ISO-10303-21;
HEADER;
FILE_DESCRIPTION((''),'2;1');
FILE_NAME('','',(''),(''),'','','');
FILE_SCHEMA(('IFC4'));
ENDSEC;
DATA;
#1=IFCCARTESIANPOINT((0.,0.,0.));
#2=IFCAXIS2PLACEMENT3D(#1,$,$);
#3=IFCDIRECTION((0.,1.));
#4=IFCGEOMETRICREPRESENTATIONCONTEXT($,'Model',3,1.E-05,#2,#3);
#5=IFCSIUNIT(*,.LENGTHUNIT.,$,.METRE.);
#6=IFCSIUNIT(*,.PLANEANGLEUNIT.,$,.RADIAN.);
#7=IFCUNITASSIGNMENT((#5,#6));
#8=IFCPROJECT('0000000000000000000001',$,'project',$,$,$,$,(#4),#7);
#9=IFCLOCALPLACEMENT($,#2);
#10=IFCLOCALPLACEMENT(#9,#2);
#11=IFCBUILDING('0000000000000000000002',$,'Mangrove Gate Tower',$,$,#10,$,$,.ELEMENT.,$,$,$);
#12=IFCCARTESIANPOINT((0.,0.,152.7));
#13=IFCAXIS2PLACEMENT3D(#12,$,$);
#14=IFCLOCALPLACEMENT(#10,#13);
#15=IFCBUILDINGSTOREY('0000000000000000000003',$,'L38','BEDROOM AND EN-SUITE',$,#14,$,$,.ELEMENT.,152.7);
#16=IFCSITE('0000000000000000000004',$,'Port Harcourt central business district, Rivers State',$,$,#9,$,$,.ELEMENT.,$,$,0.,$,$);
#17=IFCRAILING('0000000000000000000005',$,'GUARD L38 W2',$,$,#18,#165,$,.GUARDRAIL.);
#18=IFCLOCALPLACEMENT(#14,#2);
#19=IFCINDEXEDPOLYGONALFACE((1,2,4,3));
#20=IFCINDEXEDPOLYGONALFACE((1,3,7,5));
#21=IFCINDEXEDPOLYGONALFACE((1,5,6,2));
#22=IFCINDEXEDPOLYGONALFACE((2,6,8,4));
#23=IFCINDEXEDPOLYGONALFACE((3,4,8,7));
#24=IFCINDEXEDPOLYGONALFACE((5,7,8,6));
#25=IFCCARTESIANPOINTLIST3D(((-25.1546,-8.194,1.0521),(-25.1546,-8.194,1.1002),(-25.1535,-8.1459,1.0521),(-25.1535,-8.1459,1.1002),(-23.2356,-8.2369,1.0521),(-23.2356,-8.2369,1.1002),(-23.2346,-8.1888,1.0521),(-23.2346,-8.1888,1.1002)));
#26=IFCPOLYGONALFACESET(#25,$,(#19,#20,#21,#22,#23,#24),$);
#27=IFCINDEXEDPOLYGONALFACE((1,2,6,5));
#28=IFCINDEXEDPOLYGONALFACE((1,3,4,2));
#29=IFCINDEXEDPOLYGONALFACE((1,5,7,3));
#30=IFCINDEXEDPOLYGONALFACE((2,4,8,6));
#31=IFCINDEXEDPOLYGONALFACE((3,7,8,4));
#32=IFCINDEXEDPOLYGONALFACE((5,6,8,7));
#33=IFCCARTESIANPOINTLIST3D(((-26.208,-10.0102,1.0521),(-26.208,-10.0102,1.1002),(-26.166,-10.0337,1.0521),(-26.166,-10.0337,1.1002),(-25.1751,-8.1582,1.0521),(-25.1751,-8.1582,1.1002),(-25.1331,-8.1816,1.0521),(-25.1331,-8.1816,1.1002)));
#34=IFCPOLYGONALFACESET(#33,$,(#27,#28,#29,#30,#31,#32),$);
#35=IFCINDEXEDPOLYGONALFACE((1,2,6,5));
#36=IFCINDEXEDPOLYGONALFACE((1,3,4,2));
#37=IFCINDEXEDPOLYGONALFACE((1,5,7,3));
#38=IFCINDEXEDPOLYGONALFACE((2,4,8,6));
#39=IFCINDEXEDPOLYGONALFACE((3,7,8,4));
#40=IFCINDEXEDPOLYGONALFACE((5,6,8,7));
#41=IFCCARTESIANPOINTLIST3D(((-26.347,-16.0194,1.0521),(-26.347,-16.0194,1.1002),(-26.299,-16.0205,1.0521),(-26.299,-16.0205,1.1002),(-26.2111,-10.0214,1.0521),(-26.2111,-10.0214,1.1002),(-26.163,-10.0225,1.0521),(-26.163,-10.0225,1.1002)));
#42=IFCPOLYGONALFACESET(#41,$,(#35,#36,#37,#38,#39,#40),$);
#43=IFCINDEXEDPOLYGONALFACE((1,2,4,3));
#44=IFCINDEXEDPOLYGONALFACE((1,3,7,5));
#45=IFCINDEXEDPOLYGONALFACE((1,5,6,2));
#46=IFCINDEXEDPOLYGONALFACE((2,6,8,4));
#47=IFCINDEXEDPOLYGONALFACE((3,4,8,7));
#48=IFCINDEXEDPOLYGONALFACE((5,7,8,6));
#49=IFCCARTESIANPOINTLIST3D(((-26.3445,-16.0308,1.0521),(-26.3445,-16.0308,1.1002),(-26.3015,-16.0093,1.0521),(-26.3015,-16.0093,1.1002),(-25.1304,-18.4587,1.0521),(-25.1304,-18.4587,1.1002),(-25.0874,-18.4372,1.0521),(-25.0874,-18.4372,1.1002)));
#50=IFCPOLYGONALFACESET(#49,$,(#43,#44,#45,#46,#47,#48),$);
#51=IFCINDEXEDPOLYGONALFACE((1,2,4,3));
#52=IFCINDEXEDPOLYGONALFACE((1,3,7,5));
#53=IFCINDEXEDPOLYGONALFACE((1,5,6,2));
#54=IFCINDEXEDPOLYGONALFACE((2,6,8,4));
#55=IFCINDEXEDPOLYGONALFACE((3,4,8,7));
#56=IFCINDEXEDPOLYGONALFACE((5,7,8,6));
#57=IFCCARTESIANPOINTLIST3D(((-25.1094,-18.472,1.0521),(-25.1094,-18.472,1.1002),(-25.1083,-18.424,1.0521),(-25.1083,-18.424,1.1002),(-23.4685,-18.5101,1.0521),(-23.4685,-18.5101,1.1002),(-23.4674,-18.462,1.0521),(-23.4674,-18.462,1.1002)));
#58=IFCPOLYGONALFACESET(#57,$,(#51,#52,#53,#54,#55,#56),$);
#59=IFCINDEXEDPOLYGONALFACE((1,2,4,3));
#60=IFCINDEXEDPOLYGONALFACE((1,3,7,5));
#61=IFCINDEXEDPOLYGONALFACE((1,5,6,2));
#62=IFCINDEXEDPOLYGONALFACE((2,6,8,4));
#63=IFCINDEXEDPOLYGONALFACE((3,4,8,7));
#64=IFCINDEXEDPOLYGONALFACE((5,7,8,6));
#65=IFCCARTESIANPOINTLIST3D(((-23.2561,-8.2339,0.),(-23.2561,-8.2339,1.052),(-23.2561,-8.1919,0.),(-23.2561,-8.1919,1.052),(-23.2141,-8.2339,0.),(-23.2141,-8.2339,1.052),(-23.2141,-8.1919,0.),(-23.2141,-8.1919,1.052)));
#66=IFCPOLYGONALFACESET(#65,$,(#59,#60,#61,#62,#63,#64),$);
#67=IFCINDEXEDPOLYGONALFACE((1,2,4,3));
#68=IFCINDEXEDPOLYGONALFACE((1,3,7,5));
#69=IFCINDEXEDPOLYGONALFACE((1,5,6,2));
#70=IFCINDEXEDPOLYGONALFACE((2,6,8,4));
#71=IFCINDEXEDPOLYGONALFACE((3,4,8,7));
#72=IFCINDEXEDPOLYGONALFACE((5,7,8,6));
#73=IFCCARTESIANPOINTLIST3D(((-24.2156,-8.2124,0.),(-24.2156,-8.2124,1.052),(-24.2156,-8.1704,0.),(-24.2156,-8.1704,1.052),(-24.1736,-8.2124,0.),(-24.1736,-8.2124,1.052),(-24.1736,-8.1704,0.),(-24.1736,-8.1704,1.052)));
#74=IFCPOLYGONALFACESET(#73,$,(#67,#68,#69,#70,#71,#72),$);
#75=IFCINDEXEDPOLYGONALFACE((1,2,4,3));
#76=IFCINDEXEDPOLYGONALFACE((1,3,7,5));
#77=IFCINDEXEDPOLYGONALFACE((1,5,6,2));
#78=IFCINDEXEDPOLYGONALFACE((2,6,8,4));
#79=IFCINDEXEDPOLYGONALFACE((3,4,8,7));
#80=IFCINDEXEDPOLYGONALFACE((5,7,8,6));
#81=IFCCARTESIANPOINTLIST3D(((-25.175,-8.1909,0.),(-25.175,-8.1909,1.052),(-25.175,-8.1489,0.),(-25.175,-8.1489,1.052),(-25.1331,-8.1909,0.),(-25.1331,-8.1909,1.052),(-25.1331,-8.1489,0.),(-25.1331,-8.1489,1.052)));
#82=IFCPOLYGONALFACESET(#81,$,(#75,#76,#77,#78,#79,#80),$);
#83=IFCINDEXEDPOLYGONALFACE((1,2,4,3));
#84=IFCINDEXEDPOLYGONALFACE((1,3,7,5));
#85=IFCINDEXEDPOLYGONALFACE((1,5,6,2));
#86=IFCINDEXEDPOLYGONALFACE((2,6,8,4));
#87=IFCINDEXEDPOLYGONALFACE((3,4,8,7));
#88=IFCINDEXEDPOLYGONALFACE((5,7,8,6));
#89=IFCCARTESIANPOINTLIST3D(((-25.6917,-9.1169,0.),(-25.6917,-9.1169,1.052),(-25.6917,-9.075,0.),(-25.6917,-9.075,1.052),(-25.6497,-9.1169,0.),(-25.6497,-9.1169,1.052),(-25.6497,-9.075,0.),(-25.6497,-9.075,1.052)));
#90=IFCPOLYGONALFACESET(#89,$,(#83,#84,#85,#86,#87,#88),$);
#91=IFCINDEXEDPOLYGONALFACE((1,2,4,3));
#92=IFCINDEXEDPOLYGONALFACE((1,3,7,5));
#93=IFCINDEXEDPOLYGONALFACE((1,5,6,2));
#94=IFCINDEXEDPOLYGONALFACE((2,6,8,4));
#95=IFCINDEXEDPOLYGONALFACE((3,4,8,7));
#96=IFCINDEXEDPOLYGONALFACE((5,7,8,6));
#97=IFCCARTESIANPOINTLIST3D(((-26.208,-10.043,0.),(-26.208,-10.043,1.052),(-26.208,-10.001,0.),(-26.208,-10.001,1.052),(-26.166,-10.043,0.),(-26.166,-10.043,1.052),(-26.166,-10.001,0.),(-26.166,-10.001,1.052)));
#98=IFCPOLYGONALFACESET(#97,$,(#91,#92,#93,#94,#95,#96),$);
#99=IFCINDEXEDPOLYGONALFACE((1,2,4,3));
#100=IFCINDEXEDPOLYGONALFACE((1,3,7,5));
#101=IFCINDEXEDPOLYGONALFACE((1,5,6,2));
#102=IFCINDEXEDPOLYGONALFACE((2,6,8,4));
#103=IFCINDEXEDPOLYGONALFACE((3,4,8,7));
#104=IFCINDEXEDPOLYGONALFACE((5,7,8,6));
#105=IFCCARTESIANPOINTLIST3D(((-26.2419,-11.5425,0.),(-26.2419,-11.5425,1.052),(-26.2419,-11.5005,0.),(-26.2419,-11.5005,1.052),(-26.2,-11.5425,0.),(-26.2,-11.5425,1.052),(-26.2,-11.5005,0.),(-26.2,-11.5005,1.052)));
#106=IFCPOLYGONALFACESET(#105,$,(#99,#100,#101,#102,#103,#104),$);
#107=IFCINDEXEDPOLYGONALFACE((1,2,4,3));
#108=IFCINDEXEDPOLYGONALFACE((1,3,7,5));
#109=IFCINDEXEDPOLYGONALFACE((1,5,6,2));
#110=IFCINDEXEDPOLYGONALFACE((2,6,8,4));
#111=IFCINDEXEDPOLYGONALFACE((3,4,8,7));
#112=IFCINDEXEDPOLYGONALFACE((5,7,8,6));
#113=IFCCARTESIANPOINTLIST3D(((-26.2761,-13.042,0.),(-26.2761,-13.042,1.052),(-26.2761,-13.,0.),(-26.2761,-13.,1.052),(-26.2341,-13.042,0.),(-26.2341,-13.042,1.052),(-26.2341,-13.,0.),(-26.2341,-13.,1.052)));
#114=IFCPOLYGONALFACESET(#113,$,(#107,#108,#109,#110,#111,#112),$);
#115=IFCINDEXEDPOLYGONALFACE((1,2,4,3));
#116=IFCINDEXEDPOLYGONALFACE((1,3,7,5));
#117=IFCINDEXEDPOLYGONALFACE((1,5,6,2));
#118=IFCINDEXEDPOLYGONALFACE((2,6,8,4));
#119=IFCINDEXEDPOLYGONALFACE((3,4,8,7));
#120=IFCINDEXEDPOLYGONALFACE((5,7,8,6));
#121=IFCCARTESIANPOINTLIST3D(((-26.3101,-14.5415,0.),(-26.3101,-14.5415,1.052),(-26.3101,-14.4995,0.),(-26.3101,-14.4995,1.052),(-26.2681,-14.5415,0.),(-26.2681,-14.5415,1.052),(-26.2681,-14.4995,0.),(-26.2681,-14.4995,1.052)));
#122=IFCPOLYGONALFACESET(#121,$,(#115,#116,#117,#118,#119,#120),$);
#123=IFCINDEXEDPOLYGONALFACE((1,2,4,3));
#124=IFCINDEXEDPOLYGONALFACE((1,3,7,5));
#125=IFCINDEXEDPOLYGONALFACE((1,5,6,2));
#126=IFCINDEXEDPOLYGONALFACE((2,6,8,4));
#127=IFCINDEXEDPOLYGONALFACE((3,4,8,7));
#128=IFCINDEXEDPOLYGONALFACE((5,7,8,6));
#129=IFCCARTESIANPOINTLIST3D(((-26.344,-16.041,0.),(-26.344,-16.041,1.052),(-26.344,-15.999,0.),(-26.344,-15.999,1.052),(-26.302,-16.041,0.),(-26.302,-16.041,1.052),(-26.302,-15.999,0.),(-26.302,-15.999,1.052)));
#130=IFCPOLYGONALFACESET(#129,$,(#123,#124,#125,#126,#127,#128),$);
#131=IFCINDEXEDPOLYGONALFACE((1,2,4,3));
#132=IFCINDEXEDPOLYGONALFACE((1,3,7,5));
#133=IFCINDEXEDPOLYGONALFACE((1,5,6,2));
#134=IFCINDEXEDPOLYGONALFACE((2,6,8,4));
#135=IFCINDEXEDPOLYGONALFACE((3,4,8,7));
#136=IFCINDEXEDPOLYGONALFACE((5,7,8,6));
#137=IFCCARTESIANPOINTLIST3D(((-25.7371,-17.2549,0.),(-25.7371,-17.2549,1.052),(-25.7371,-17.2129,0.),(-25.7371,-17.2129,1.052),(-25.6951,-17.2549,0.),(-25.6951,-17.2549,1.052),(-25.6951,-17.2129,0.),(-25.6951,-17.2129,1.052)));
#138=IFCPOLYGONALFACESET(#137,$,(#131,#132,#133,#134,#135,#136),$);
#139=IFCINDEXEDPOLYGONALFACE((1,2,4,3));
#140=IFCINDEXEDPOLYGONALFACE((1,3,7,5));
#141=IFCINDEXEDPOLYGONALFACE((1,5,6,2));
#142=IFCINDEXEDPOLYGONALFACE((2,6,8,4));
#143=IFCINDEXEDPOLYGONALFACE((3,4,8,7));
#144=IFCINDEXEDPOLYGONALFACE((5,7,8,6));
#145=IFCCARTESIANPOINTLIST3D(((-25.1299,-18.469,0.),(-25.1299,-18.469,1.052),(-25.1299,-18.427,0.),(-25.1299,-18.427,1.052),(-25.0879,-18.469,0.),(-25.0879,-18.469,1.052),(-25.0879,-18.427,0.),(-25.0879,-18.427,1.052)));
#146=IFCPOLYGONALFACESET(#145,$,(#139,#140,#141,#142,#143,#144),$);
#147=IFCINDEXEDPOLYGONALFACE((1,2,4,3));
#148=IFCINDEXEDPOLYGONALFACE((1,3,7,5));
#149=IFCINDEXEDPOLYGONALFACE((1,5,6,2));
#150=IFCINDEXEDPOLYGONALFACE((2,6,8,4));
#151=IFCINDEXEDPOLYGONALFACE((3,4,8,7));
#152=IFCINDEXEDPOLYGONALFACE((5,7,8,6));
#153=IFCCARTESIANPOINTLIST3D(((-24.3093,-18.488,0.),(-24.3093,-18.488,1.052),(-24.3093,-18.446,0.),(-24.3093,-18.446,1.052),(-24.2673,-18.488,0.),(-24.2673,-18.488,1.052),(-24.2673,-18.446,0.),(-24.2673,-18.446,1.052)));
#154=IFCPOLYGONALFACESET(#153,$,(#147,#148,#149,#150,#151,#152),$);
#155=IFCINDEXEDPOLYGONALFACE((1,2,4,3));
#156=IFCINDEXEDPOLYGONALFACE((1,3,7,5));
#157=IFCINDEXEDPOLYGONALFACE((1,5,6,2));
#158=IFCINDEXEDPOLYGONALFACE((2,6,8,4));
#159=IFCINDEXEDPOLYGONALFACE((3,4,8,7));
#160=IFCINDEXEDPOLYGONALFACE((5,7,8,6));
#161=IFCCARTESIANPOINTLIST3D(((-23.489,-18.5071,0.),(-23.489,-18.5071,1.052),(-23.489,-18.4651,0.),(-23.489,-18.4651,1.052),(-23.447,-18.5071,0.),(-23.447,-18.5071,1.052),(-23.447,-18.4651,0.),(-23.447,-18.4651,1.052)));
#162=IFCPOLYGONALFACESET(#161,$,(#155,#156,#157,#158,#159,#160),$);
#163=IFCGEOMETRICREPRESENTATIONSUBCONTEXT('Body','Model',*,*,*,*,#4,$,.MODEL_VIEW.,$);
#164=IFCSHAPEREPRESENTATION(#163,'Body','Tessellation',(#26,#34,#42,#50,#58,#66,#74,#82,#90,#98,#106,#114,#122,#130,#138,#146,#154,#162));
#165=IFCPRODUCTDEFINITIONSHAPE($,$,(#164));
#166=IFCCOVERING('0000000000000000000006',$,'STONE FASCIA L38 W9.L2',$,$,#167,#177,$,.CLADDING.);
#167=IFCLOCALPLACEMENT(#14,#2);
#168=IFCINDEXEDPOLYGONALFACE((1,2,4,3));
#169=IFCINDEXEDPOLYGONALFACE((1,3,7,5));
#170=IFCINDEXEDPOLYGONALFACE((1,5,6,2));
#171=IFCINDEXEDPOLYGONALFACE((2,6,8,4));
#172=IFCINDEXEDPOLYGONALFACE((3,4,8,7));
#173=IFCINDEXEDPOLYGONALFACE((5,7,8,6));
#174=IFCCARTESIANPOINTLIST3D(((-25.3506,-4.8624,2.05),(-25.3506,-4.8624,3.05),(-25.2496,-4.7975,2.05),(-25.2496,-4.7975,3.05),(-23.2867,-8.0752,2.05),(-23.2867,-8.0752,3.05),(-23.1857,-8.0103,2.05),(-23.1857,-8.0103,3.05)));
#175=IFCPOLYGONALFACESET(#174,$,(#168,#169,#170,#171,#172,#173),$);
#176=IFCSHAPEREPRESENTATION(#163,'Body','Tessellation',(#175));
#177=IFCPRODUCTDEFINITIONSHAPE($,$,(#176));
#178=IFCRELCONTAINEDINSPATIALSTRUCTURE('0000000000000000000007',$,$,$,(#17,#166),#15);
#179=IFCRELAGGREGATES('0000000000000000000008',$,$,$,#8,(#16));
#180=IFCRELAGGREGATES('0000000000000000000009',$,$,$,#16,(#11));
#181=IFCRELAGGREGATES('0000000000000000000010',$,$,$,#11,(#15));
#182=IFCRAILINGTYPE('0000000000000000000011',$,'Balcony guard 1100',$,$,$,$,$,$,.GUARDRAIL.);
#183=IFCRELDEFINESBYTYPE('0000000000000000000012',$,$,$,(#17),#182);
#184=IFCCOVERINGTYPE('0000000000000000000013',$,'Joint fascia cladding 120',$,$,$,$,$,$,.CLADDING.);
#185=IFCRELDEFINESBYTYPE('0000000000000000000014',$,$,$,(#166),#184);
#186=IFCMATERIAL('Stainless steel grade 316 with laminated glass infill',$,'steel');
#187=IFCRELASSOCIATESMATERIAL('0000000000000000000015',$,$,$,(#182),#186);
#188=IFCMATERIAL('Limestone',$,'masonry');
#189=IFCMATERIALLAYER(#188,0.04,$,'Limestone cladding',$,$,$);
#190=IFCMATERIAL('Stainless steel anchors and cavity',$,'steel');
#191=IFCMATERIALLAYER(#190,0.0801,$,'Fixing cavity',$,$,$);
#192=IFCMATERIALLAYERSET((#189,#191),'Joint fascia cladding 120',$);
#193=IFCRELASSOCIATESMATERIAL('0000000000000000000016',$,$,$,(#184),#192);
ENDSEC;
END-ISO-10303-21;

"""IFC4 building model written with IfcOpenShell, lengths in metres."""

from ifc_helpers import new_model, si_unit, direction, frame, frame_2d, origin, origin_2d, place, context, subcontext, project, spatial, rectangle, extrude, material, layer, layer_set, type_object, element, save


model = new_model("IFC4")

# Units and contexts
model_context = context("Model", 3, precision=1e-05, world=origin(), true_north=direction((0.0, 1.0)))
body_context = subcontext(model_context, "Body", "Model", "MODEL_VIEW")
ifc_project = project(units=[si_unit("LENGTHUNIT", "METRE"), si_unit("PLANEANGLEUNIT", "RADIAN")], contexts=[model_context])

# Site, building, storey
site_placement = place(None, origin())
site = spatial("IfcSite", under=ifc_project, at=site_placement, Name="Port Harcourt central business district, Rivers State", CompositionType="ELEMENT", RefElevation=0.0)
building_placement = place(site_placement, origin())
building = spatial("IfcBuilding", under=site, at=building_placement, Name="Mangrove Gate Tower", CompositionType="ELEMENT")
storey_placement = place(building_placement, frame((0.0, 0.0, 152.7)))
storey = spatial("IfcBuildingStorey", under=building, at=storey_placement, Name="L38", Description="BEDROOM AND EN-SUITE", CompositionType="ELEMENT", Elevation=152.7)

# Shared definitions
ifc_material_1 = material(Name="Limestone", Category="masonry")

# Railing
ifc_material_2 = material(Name="Stainless steel grade 316 with laminated glass infill", Category="steel")
railing_type = type_object("IfcRailingType", Name="Balcony guard 1100", PredefinedType="GUARDRAIL", material=ifc_material_2)
railing_placement = place(storey_placement, frame((-23.2351, -8.2129, 0.0)))
element("IfcRailing", 1, at=railing_placement, inside=storey, type_object=railing_type, Name="GUARD L38 W2", PredefinedType="GUARDRAIL", context=body_context, shape_type="SweptSolid", body=[
    extrude(rectangle(XDim=0.0481, YDim=0.0481, at=origin_2d()), frame((0.0, 0.0, 1.0762), z_axis=(-0.999749, 0.022386, 0.0), x_axis=(-0.022386, -0.999749, 0.0)), (0.0, 0.0, 1.0), 1.9194),
    extrude(rectangle(XDim=0.0481, YDim=0.0481, at=origin_2d()), frame((-1.9189, 0.043, 1.0762), z_axis=(-0.487099, -0.873347, 0.0), x_axis=(0.873347, -0.487099, 0.0)), (0.0, 0.0, 1.0), 2.1206),
    extrude(rectangle(XDim=0.0481, YDim=0.0481, at=origin_2d()), frame((-2.9519, -1.8091, 1.0762), z_axis=(-0.022666, -0.999743, 0.0), x_axis=(0.999743, -0.022666, 0.0)), (0.0, 0.0, 1.0), 5.9995),
    extrude(rectangle(XDim=0.0481, YDim=0.0481, at=origin_2d()), frame((-3.0879, -7.8071, 1.0762), z_axis=(0.44725, -0.894409, 0.0), x_axis=(0.894409, 0.44725, 0.0)), (0.0, 0.0, 1.0), 2.7146),
    extrude(rectangle(XDim=0.0481, YDim=0.0481, at=origin_2d()), frame((-1.8738, -10.2351, 1.0762), z_axis=(0.999731, -0.023205, 0.0), x_axis=(0.023205, 0.999731, 0.0)), (0.0, 0.0, 1.0), 1.6414),
    extrude(rectangle(XDim=0.042, YDim=0.042, at=origin_2d()), origin(), (0.0, 0.0, 1.0), 1.052),
    extrude(rectangle(XDim=0.042, YDim=0.042, at=origin_2d()), frame((-0.9595, 0.0215, 0.0)), (0.0, 0.0, 1.0), 1.052),
    extrude(rectangle(XDim=0.042, YDim=0.042, at=origin_2d()), frame((-1.9189, 0.043, 0.0)), (0.0, 0.0, 1.0), 1.052),
    extrude(rectangle(XDim=0.042, YDim=0.042, at=origin_2d()), frame((-2.4355, -0.8831, 0.0)), (0.0, 0.0, 1.0), 1.052),
    extrude(rectangle(XDim=0.042, YDim=0.042, at=origin_2d()), frame((-2.9519, -1.8091, 0.0)), (0.0, 0.0, 1.0), 1.052),
    extrude(rectangle(XDim=0.042, YDim=0.042, at=origin_2d()), frame((-2.9858, -3.3086, 0.0)), (0.0, 0.0, 1.0), 1.052),
    extrude(rectangle(XDim=0.042, YDim=0.042, at=origin_2d()), frame((-3.02, -4.8081, 0.0)), (0.0, 0.0, 1.0), 1.052),
    extrude(rectangle(XDim=0.042, YDim=0.042, at=origin_2d()), frame((-3.054, -6.3076, 0.0)), (0.0, 0.0, 1.0), 1.052),
    extrude(rectangle(XDim=0.042, YDim=0.042, at=origin_2d()), frame((-3.0879, -7.8071, 0.0)), (0.0, 0.0, 1.0), 1.052),
    extrude(rectangle(XDim=0.042, YDim=0.042, at=origin_2d()), frame((-2.481, -9.021, 0.0)), (0.0, 0.0, 1.0), 1.052),
    extrude(rectangle(XDim=0.042, YDim=0.042, at=origin_2d()), frame((-1.8738, -10.2351, 0.0)), (0.0, 0.0, 1.0), 1.052),
    extrude(rectangle(XDim=0.042, YDim=0.042, at=origin_2d()), frame((-1.0532, -10.2542, 0.0)), (0.0, 0.0, 1.0), 1.052),
    extrude(rectangle(XDim=0.042, YDim=0.042, at=origin_2d()), frame((-0.2329, -10.2732, 0.0)), (0.0, 0.0, 1.0), 1.052),
])

# Covering
ifc_layer_1 = layer(ifc_material_1, 0.04, Name="Limestone cladding")
ifc_material_3 = material(Name="Stainless steel anchors and cavity", Category="steel")
ifc_layer_2 = layer(ifc_material_3, 0.0801, Name="Fixing cavity")
ifc_layer_set_1 = layer_set([ifc_layer_1, ifc_layer_2], Name="Joint fascia cladding 120")
covering_type = type_object("IfcCoveringType", Name="Joint fascia cladding 120", PredefinedType="CLADDING", material=ifc_layer_set_1)
covering_placement = place(storey_placement, frame((-25.3, -4.8301, 2.05), z_axis=(0.0, 0.0, 1.0), x_axis=(0.540486, -0.841353, 0.0)))
element("IfcCovering", 2, at=covering_placement, inside=storey, type_object=covering_type, Name="STONE FASCIA L38 W9.L2", PredefinedType="CLADDING", context=body_context, shape_type="SweptSolid", body=[
    extrude(rectangle(XDim=3.8186, YDim=0.1201, at=frame_2d((1.9092, 0.0))), origin(), (0.0, 0.0, 1.0), 1.0),
])

save(model, "model.ifc")
